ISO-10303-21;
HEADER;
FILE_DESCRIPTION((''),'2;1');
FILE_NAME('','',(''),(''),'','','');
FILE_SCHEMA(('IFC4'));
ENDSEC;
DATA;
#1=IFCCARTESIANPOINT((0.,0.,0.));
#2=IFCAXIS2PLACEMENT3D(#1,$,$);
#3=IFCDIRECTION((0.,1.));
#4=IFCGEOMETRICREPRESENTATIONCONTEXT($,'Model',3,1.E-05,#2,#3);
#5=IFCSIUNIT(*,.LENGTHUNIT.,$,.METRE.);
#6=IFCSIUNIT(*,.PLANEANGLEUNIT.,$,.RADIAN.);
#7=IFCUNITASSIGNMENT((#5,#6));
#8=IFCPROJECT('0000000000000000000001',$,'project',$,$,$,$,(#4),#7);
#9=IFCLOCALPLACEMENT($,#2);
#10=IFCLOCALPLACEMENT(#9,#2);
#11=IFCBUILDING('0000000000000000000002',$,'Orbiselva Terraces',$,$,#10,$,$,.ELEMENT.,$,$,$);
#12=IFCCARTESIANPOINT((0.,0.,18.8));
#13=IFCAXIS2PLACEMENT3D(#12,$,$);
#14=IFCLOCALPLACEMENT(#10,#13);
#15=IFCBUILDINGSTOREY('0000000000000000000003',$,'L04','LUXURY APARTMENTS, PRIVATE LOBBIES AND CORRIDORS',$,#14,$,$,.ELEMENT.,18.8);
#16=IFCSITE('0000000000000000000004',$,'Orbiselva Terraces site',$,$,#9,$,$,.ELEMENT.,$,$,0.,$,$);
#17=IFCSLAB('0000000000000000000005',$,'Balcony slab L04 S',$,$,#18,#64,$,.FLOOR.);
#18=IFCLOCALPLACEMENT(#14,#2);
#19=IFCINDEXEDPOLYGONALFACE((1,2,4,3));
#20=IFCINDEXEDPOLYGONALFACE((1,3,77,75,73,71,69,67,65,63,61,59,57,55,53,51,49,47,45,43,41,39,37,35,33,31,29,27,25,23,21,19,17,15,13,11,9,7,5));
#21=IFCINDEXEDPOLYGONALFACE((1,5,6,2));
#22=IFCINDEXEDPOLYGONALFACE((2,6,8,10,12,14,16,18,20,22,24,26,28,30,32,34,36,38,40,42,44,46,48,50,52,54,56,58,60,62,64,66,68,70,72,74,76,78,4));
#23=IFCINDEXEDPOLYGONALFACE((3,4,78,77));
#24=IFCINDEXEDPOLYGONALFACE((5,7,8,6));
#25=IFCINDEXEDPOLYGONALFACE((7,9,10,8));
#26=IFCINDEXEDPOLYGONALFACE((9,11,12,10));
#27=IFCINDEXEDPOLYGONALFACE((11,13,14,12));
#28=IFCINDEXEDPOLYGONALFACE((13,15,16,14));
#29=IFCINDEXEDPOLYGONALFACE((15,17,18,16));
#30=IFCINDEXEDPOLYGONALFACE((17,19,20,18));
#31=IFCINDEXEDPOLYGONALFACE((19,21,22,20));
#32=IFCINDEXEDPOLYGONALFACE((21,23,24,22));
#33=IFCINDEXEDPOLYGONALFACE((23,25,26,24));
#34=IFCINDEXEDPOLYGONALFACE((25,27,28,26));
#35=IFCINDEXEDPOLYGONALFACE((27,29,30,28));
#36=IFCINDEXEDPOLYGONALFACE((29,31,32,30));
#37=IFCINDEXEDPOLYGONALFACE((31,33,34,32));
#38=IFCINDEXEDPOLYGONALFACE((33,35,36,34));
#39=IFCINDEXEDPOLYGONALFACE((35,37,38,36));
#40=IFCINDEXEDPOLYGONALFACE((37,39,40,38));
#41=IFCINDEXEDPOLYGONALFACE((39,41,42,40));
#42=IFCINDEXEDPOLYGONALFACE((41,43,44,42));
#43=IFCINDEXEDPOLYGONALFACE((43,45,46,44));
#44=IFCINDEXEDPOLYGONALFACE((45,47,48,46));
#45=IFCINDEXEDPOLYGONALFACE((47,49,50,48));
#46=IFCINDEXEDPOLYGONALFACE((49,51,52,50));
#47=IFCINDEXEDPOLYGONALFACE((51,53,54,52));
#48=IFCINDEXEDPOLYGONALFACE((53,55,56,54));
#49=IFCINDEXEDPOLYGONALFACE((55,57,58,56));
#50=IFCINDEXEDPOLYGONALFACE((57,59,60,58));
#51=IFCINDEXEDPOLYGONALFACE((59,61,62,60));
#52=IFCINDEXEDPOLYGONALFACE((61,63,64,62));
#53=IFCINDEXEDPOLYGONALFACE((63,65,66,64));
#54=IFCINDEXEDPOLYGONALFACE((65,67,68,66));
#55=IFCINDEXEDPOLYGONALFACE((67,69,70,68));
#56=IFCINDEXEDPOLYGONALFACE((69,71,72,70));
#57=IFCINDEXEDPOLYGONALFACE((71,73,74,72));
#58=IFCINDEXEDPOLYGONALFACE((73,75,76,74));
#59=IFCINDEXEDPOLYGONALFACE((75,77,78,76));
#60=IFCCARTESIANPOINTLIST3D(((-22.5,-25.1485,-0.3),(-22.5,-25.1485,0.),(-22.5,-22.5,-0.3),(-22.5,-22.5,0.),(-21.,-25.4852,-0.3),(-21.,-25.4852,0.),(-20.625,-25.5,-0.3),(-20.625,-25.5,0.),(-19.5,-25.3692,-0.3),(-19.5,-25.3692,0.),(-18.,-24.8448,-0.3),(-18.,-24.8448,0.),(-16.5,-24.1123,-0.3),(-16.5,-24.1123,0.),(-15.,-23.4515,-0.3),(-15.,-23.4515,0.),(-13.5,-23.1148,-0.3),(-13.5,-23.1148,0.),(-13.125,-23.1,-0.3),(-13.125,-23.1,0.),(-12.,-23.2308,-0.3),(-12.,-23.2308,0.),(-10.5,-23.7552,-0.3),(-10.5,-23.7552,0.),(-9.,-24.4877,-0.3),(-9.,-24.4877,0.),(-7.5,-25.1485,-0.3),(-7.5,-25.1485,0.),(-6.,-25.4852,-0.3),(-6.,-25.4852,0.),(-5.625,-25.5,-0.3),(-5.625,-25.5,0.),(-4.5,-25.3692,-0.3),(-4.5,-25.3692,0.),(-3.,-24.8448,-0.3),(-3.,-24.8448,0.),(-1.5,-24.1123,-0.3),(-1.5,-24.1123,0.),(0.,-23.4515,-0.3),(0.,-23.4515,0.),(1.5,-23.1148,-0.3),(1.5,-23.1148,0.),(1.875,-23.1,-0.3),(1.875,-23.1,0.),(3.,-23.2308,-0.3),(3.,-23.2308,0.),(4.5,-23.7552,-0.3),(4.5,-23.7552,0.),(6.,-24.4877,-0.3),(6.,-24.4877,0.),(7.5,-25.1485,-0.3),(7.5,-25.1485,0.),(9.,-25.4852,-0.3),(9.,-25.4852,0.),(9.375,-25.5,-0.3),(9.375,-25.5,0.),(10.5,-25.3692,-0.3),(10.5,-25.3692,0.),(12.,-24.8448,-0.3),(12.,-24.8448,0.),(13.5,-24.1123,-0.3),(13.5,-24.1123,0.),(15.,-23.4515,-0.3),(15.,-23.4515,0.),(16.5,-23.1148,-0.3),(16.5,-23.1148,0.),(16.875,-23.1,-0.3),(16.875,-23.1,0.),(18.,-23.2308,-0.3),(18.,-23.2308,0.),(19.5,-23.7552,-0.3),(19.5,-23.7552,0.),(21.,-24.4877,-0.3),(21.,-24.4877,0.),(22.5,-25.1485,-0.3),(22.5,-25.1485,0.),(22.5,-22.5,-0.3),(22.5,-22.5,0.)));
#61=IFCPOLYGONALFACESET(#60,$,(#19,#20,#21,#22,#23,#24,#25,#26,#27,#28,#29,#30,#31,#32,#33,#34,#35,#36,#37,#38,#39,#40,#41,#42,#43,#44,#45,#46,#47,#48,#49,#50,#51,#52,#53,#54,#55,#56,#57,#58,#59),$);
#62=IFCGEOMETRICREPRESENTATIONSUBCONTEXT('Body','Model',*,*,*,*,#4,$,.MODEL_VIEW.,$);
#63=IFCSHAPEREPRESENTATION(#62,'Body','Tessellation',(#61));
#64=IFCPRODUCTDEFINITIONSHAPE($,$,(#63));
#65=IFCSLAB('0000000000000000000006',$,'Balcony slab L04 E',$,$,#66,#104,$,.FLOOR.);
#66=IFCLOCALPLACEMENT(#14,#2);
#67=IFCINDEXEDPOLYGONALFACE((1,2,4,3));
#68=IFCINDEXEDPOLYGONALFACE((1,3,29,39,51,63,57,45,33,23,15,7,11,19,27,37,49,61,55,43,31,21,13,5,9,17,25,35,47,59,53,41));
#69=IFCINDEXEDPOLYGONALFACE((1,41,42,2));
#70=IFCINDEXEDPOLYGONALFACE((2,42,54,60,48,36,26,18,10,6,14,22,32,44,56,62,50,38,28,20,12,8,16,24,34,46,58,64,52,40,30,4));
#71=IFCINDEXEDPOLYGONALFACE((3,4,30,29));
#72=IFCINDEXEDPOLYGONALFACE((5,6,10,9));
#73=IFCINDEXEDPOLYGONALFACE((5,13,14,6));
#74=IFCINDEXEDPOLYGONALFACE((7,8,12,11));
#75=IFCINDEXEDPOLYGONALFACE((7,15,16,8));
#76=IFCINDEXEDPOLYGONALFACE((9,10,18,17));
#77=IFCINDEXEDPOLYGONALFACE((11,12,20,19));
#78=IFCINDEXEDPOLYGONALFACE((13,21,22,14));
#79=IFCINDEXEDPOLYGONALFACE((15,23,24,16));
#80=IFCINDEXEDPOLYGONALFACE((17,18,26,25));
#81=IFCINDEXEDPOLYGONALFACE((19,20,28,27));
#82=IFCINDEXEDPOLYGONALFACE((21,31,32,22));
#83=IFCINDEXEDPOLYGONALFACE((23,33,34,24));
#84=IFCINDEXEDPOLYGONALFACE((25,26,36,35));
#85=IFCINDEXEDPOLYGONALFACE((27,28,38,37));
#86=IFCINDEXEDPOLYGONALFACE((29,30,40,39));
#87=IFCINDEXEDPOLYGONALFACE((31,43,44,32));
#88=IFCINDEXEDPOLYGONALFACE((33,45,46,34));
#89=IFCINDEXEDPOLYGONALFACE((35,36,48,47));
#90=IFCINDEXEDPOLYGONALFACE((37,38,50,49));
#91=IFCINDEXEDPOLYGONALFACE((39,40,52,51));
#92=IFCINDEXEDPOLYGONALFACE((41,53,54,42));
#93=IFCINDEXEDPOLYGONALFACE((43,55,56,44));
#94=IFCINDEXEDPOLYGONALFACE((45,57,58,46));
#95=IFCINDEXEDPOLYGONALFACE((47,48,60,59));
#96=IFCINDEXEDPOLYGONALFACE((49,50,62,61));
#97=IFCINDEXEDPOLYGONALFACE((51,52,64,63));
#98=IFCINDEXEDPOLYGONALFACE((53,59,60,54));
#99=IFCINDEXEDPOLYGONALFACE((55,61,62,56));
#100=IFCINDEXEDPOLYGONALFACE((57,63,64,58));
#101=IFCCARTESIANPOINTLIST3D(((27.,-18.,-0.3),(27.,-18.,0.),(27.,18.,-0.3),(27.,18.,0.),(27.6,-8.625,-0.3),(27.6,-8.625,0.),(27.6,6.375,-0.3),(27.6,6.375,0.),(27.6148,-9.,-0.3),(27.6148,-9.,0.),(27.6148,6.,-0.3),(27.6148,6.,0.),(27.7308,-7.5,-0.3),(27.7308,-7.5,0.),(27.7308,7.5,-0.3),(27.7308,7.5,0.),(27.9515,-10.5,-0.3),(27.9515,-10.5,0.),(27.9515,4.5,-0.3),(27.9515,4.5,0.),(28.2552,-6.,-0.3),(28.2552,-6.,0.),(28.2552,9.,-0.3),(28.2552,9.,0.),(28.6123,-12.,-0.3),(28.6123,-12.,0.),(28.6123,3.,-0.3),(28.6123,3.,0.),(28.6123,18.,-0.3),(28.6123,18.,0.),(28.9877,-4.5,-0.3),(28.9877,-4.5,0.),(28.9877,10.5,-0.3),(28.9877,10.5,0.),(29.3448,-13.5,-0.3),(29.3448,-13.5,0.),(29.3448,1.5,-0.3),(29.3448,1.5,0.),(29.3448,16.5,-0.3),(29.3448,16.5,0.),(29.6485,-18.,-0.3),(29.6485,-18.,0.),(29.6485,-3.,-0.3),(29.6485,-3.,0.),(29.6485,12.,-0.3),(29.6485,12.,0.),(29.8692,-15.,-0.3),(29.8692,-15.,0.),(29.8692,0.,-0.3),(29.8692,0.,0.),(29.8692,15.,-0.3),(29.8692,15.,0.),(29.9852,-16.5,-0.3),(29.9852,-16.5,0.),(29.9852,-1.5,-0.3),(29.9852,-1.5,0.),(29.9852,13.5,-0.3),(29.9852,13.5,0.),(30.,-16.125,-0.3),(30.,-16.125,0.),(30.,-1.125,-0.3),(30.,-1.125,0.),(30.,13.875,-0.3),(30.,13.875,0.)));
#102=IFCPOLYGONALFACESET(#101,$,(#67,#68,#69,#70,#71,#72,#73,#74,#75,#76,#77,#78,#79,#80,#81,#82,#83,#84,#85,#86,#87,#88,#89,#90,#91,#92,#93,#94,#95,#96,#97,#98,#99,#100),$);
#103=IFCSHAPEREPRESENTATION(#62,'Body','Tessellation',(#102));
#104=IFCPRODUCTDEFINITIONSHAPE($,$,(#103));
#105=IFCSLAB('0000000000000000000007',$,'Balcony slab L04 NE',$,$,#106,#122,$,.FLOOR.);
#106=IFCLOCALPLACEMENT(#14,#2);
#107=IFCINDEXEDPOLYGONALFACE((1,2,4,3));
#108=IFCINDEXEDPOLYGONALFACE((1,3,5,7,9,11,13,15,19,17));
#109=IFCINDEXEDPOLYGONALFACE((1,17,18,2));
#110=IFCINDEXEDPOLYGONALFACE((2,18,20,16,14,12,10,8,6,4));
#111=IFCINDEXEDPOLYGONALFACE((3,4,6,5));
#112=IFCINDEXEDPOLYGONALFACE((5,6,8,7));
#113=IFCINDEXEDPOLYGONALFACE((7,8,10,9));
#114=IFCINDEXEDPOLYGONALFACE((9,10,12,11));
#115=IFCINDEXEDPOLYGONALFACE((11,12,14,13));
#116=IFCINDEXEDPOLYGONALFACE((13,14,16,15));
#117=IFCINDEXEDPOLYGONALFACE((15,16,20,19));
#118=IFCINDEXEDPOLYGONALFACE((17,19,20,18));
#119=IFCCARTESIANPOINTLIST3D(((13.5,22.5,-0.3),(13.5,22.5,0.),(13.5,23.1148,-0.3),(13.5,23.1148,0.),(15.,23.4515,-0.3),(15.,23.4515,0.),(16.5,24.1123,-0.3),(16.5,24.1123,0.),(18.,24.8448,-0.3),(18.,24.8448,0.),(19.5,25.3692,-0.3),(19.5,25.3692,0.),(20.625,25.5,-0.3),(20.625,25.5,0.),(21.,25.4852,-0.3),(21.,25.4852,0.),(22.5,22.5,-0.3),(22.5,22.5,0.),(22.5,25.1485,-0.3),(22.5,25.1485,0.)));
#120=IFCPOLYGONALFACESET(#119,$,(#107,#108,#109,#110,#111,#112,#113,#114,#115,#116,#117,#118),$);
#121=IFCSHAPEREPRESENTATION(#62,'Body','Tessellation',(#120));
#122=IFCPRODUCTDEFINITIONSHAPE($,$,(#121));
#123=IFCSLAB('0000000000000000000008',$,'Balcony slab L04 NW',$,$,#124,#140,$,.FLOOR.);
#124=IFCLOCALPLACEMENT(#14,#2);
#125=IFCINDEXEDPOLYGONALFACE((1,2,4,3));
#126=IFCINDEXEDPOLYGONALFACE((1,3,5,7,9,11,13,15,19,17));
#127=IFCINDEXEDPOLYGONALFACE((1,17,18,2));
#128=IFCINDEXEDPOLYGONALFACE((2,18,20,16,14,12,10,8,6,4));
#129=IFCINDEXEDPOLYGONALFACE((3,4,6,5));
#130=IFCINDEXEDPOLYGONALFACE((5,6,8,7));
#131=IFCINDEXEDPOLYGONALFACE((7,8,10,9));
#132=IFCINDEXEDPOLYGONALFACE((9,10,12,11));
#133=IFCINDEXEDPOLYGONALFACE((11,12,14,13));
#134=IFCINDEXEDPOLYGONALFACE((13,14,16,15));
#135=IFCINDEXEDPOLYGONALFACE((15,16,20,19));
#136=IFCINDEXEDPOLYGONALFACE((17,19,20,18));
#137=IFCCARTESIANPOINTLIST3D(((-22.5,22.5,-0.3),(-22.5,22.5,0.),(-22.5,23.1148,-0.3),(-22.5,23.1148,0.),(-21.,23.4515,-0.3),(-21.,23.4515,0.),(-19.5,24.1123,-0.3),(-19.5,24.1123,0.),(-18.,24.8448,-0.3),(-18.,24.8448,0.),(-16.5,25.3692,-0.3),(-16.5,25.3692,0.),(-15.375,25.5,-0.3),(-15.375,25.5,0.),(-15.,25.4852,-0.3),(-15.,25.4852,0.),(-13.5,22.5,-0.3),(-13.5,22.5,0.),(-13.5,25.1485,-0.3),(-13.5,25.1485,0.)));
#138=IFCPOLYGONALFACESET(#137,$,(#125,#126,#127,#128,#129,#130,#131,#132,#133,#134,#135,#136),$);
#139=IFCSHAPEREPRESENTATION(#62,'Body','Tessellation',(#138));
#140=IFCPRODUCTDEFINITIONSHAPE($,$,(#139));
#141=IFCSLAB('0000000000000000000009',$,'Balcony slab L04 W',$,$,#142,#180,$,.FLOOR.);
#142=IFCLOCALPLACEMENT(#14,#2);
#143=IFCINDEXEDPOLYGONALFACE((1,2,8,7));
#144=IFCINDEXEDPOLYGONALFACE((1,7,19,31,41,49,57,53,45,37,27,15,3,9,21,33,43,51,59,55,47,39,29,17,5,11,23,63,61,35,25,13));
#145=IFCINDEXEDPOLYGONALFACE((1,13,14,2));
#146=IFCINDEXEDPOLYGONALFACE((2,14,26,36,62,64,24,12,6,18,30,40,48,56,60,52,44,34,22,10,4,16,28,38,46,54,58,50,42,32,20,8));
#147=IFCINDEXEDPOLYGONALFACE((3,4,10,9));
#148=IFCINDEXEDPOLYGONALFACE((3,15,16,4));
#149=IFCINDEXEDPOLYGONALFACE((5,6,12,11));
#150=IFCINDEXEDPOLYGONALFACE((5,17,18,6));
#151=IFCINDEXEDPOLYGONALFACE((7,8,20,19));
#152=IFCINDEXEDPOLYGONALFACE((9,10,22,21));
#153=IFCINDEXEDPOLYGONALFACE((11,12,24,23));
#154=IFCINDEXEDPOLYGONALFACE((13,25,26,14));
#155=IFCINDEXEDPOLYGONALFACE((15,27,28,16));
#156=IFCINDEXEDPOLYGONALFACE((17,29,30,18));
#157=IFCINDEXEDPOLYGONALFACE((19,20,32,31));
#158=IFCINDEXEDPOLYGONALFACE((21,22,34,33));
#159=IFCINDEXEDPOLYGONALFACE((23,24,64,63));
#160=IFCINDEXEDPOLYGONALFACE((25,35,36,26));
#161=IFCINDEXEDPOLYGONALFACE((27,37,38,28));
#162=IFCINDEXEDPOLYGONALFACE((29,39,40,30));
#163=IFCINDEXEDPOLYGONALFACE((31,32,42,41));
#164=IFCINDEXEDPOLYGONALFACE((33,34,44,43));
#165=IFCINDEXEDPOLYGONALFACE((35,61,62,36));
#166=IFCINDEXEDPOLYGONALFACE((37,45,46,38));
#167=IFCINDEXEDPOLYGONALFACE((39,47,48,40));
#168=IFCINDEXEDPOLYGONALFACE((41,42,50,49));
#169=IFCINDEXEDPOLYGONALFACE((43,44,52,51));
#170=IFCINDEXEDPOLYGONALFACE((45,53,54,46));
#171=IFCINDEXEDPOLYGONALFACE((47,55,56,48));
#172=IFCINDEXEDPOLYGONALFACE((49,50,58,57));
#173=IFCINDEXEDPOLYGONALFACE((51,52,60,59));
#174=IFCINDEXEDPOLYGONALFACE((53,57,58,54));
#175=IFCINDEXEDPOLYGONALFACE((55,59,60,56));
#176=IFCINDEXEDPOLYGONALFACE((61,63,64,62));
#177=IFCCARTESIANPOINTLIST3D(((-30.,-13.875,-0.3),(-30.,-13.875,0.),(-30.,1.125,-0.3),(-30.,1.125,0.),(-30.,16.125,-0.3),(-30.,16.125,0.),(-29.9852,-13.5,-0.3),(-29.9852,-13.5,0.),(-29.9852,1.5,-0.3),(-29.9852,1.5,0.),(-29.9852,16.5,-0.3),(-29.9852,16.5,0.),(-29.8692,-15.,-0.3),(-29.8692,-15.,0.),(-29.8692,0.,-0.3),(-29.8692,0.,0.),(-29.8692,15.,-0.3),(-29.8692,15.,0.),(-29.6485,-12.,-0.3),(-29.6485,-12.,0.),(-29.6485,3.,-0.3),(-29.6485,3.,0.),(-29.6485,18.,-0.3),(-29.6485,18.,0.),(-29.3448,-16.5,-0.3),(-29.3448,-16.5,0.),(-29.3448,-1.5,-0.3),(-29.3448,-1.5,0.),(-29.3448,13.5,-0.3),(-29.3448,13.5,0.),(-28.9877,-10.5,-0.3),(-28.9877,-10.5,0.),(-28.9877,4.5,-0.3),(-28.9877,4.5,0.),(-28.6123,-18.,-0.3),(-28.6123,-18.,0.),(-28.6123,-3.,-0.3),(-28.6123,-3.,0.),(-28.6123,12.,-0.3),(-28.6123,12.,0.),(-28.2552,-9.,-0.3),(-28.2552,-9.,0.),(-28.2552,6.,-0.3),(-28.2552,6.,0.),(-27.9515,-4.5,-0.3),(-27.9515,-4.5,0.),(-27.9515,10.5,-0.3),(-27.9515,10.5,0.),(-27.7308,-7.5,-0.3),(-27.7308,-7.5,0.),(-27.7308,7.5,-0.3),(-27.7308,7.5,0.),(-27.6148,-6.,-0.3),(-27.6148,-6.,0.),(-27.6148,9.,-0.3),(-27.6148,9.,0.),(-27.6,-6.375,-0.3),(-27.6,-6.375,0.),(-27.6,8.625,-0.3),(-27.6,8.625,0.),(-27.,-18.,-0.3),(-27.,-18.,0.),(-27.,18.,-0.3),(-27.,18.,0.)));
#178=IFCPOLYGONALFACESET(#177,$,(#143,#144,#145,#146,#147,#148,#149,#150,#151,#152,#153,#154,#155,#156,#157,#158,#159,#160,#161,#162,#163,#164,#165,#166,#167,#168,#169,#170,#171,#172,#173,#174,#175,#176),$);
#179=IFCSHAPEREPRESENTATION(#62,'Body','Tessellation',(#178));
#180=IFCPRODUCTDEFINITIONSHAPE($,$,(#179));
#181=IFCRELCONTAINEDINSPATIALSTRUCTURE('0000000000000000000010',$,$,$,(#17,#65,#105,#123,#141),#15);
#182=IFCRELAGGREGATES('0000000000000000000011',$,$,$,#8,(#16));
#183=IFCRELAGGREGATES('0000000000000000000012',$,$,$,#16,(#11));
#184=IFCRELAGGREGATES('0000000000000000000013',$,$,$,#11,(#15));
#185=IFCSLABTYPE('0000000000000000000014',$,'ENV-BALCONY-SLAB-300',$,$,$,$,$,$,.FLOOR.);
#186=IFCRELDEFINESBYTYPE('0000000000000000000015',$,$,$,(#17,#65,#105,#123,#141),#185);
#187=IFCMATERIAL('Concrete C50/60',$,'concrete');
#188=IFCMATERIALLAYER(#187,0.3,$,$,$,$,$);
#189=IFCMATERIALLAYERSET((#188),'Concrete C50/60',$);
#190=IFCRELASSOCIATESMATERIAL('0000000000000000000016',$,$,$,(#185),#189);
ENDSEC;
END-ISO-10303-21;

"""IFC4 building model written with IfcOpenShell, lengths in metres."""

from ifc_helpers import new_model, si_unit, direction, frame, origin, place, context, subcontext, project, spatial, polyline, outline, extrude, material, layer, layer_set, type_object, element, save


model = new_model("IFC4")

# Units and contexts
model_context = context("Model", 3, precision=1e-05, world=origin(), true_north=direction((0.0, 1.0)))
body_context = subcontext(model_context, "Body", "Model", "MODEL_VIEW")
ifc_project = project(units=[si_unit("LENGTHUNIT", "METRE"), si_unit("PLANEANGLEUNIT", "RADIAN")], contexts=[model_context])

# Site, building, storey
site_placement = place(None, origin())
site = spatial("IfcSite", under=ifc_project, at=site_placement, Name="Orbiselva Terraces site", CompositionType="ELEMENT", RefElevation=0.0)
building_placement = place(site_placement, origin())
building = spatial("IfcBuilding", under=site, at=building_placement, Name="Orbiselva Terraces", CompositionType="ELEMENT")
storey_placement = place(building_placement, frame((0.0, 0.0, 18.8)))
storey = spatial("IfcBuildingStorey", under=building, at=storey_placement, Name="L04", Description="LUXURY APARTMENTS, PRIVATE LOBBIES AND CORRIDORS", CompositionType="ELEMENT", Elevation=18.8)

# Slabs
ifc_material_1 = material(Name="Concrete C50/60", Category="concrete")
ifc_layer_1 = layer(ifc_material_1, 0.3)
ifc_layer_set_1 = layer_set([ifc_layer_1], Name="Concrete C50/60")
slab_type_1 = type_object("IfcSlabType", Name="ENV-BALCONY-SLAB-300", PredefinedType="FLOOR", material=ifc_layer_set_1)
slab_1_placement = place(storey_placement, frame((0.0, 0.0, -0.3)))
element("IfcSlab", 1, at=slab_1_placement, inside=storey, type_object=slab_type_1, Name="Balcony slab L04 S", PredefinedType="FLOOR", context=body_context, shape_type="SweptSolid", body=[
    extrude(outline(polyline([(-22.5, -25.1485), (-21.0, -25.4852), (-20.625, -25.5), (-19.5, -25.3692), (-18.0, -24.8448), (-16.5, -24.1123), (-15.0, -23.4515), (-13.5, -23.1148), (-13.125, -23.1), (-12.0, -23.2308), (-10.5, -23.7552), (-9.0, -24.4877), (-7.5, -25.1485), (-6.0, -25.4852), (-5.625, -25.5), (-4.5, -25.3692), (-3.0, -24.8448), (-1.5, -24.1123), (0.0, -23.4515), (1.5, -23.1148), (1.875, -23.1), (3.0, -23.2308), (4.5, -23.7552), (6.0, -24.4877), (7.5, -25.1485), (9.0, -25.4852), (9.375, -25.5), (10.5, -25.3692), (12.0, -24.8448), (13.5, -24.1123), (15.0, -23.4515), (16.5, -23.1148), (16.875, -23.1), (18.0, -23.2308), (19.5, -23.7552), (21.0, -24.4877), (22.5, -25.1485), (22.5, -22.5), (-22.5, -22.5), (-22.5, -25.1485)])), origin(), (0.0, 0.0, 1.0), 0.3),
])
slab_2_placement = place(storey_placement, frame((0.0, 0.0, -0.3)))
element("IfcSlab", 2, at=slab_2_placement, inside=storey, type_object=slab_type_1, Name="Balcony slab L04 E", PredefinedType="FLOOR", context=body_context, shape_type="SweptSolid", body=[
    extrude(outline(polyline([(29.6485, -18.0), (29.9852, -16.5), (30.0, -16.125), (29.8692, -15.0), (29.3448, -13.5), (28.6123, -12.0), (27.9515, -10.5), (27.6148, -9.0), (27.6, -8.625), (27.7308, -7.5), (28.2552, -6.0), (28.9877, -4.5), (29.6485, -3.0), (29.9852, -1.5), (30.0, -1.125), (29.8692, 0.0), (29.3448, 1.5), (28.6123, 3.0), (27.9515, 4.5), (27.6148, 6.0), (27.6, 6.375), (27.7308, 7.5), (28.2552, 9.0), (28.9877, 10.5), (29.6485, 12.0), (29.9852, 13.5), (30.0, 13.875), (29.8692, 15.0), (29.3448, 16.5), (28.6123, 18.0), (27.0, 18.0), (27.0, -18.0), (29.6485, -18.0)])), origin(), (0.0, 0.0, 1.0), 0.3),
])
slab_3_placement = place(storey_placement, frame((0.0, 0.0, -0.3)))
element("IfcSlab", 3, at=slab_3_placement, inside=storey, type_object=slab_type_1, Name="Balcony slab L04 NE", PredefinedType="FLOOR", context=body_context, shape_type="SweptSolid", body=[
    extrude(outline(polyline([(22.5, 25.1485), (21.0, 25.4852), (20.625, 25.5), (19.5, 25.3692), (18.0, 24.8448), (16.5, 24.1123), (15.0, 23.4515), (13.5, 23.1148), (13.5, 22.5), (22.5, 22.5), (22.5, 25.1485)])), origin(), (0.0, 0.0, 1.0), 0.3),
])
slab_4_placement = place(storey_placement, frame((0.0, 0.0, -0.3)))
element("IfcSlab", 4, at=slab_4_placement, inside=storey, type_object=slab_type_1, Name="Balcony slab L04 NW", PredefinedType="FLOOR", context=body_context, shape_type="SweptSolid", body=[
    extrude(outline(polyline([(-13.5, 25.1485), (-15.0, 25.4852), (-15.375, 25.5), (-16.5, 25.3692), (-18.0, 24.8448), (-19.5, 24.1123), (-21.0, 23.4515), (-22.5, 23.1148), (-22.5, 22.5), (-13.5, 22.5), (-13.5, 25.1485)])), origin(), (0.0, 0.0, 1.0), 0.3),
])
slab_5_placement = place(storey_placement, frame((0.0, 0.0, -0.3)))
element("IfcSlab", 5, at=slab_5_placement, inside=storey, type_object=slab_type_1, Name="Balcony slab L04 W", PredefinedType="FLOOR", context=body_context, shape_type="SweptSolid", body=[
    extrude(outline(polyline([(-29.6485, 18.0), (-29.9852, 16.5), (-30.0, 16.125), (-29.8692, 15.0), (-29.3448, 13.5), (-28.6123, 12.0), (-27.9515, 10.5), (-27.6148, 9.0), (-27.6, 8.625), (-27.7308, 7.5), (-28.2552, 6.0), (-28.9877, 4.5), (-29.6485, 3.0), (-29.9852, 1.5), (-30.0, 1.125), (-29.8692, 0.0), (-29.3448, -1.5), (-28.6123, -3.0), (-27.9515, -4.5), (-27.6148, -6.0), (-27.6, -6.375), (-27.7308, -7.5), (-28.2552, -9.0), (-28.9877, -10.5), (-29.6485, -12.0), (-29.9852, -13.5), (-30.0, -13.875), (-29.8692, -15.0), (-29.3448, -16.5), (-28.6123, -18.0), (-27.0, -18.0), (-27.0, 18.0), (-29.6485, 18.0)])), origin(), (0.0, 0.0, 1.0), 0.3),
])

save(model, "model.ifc")
